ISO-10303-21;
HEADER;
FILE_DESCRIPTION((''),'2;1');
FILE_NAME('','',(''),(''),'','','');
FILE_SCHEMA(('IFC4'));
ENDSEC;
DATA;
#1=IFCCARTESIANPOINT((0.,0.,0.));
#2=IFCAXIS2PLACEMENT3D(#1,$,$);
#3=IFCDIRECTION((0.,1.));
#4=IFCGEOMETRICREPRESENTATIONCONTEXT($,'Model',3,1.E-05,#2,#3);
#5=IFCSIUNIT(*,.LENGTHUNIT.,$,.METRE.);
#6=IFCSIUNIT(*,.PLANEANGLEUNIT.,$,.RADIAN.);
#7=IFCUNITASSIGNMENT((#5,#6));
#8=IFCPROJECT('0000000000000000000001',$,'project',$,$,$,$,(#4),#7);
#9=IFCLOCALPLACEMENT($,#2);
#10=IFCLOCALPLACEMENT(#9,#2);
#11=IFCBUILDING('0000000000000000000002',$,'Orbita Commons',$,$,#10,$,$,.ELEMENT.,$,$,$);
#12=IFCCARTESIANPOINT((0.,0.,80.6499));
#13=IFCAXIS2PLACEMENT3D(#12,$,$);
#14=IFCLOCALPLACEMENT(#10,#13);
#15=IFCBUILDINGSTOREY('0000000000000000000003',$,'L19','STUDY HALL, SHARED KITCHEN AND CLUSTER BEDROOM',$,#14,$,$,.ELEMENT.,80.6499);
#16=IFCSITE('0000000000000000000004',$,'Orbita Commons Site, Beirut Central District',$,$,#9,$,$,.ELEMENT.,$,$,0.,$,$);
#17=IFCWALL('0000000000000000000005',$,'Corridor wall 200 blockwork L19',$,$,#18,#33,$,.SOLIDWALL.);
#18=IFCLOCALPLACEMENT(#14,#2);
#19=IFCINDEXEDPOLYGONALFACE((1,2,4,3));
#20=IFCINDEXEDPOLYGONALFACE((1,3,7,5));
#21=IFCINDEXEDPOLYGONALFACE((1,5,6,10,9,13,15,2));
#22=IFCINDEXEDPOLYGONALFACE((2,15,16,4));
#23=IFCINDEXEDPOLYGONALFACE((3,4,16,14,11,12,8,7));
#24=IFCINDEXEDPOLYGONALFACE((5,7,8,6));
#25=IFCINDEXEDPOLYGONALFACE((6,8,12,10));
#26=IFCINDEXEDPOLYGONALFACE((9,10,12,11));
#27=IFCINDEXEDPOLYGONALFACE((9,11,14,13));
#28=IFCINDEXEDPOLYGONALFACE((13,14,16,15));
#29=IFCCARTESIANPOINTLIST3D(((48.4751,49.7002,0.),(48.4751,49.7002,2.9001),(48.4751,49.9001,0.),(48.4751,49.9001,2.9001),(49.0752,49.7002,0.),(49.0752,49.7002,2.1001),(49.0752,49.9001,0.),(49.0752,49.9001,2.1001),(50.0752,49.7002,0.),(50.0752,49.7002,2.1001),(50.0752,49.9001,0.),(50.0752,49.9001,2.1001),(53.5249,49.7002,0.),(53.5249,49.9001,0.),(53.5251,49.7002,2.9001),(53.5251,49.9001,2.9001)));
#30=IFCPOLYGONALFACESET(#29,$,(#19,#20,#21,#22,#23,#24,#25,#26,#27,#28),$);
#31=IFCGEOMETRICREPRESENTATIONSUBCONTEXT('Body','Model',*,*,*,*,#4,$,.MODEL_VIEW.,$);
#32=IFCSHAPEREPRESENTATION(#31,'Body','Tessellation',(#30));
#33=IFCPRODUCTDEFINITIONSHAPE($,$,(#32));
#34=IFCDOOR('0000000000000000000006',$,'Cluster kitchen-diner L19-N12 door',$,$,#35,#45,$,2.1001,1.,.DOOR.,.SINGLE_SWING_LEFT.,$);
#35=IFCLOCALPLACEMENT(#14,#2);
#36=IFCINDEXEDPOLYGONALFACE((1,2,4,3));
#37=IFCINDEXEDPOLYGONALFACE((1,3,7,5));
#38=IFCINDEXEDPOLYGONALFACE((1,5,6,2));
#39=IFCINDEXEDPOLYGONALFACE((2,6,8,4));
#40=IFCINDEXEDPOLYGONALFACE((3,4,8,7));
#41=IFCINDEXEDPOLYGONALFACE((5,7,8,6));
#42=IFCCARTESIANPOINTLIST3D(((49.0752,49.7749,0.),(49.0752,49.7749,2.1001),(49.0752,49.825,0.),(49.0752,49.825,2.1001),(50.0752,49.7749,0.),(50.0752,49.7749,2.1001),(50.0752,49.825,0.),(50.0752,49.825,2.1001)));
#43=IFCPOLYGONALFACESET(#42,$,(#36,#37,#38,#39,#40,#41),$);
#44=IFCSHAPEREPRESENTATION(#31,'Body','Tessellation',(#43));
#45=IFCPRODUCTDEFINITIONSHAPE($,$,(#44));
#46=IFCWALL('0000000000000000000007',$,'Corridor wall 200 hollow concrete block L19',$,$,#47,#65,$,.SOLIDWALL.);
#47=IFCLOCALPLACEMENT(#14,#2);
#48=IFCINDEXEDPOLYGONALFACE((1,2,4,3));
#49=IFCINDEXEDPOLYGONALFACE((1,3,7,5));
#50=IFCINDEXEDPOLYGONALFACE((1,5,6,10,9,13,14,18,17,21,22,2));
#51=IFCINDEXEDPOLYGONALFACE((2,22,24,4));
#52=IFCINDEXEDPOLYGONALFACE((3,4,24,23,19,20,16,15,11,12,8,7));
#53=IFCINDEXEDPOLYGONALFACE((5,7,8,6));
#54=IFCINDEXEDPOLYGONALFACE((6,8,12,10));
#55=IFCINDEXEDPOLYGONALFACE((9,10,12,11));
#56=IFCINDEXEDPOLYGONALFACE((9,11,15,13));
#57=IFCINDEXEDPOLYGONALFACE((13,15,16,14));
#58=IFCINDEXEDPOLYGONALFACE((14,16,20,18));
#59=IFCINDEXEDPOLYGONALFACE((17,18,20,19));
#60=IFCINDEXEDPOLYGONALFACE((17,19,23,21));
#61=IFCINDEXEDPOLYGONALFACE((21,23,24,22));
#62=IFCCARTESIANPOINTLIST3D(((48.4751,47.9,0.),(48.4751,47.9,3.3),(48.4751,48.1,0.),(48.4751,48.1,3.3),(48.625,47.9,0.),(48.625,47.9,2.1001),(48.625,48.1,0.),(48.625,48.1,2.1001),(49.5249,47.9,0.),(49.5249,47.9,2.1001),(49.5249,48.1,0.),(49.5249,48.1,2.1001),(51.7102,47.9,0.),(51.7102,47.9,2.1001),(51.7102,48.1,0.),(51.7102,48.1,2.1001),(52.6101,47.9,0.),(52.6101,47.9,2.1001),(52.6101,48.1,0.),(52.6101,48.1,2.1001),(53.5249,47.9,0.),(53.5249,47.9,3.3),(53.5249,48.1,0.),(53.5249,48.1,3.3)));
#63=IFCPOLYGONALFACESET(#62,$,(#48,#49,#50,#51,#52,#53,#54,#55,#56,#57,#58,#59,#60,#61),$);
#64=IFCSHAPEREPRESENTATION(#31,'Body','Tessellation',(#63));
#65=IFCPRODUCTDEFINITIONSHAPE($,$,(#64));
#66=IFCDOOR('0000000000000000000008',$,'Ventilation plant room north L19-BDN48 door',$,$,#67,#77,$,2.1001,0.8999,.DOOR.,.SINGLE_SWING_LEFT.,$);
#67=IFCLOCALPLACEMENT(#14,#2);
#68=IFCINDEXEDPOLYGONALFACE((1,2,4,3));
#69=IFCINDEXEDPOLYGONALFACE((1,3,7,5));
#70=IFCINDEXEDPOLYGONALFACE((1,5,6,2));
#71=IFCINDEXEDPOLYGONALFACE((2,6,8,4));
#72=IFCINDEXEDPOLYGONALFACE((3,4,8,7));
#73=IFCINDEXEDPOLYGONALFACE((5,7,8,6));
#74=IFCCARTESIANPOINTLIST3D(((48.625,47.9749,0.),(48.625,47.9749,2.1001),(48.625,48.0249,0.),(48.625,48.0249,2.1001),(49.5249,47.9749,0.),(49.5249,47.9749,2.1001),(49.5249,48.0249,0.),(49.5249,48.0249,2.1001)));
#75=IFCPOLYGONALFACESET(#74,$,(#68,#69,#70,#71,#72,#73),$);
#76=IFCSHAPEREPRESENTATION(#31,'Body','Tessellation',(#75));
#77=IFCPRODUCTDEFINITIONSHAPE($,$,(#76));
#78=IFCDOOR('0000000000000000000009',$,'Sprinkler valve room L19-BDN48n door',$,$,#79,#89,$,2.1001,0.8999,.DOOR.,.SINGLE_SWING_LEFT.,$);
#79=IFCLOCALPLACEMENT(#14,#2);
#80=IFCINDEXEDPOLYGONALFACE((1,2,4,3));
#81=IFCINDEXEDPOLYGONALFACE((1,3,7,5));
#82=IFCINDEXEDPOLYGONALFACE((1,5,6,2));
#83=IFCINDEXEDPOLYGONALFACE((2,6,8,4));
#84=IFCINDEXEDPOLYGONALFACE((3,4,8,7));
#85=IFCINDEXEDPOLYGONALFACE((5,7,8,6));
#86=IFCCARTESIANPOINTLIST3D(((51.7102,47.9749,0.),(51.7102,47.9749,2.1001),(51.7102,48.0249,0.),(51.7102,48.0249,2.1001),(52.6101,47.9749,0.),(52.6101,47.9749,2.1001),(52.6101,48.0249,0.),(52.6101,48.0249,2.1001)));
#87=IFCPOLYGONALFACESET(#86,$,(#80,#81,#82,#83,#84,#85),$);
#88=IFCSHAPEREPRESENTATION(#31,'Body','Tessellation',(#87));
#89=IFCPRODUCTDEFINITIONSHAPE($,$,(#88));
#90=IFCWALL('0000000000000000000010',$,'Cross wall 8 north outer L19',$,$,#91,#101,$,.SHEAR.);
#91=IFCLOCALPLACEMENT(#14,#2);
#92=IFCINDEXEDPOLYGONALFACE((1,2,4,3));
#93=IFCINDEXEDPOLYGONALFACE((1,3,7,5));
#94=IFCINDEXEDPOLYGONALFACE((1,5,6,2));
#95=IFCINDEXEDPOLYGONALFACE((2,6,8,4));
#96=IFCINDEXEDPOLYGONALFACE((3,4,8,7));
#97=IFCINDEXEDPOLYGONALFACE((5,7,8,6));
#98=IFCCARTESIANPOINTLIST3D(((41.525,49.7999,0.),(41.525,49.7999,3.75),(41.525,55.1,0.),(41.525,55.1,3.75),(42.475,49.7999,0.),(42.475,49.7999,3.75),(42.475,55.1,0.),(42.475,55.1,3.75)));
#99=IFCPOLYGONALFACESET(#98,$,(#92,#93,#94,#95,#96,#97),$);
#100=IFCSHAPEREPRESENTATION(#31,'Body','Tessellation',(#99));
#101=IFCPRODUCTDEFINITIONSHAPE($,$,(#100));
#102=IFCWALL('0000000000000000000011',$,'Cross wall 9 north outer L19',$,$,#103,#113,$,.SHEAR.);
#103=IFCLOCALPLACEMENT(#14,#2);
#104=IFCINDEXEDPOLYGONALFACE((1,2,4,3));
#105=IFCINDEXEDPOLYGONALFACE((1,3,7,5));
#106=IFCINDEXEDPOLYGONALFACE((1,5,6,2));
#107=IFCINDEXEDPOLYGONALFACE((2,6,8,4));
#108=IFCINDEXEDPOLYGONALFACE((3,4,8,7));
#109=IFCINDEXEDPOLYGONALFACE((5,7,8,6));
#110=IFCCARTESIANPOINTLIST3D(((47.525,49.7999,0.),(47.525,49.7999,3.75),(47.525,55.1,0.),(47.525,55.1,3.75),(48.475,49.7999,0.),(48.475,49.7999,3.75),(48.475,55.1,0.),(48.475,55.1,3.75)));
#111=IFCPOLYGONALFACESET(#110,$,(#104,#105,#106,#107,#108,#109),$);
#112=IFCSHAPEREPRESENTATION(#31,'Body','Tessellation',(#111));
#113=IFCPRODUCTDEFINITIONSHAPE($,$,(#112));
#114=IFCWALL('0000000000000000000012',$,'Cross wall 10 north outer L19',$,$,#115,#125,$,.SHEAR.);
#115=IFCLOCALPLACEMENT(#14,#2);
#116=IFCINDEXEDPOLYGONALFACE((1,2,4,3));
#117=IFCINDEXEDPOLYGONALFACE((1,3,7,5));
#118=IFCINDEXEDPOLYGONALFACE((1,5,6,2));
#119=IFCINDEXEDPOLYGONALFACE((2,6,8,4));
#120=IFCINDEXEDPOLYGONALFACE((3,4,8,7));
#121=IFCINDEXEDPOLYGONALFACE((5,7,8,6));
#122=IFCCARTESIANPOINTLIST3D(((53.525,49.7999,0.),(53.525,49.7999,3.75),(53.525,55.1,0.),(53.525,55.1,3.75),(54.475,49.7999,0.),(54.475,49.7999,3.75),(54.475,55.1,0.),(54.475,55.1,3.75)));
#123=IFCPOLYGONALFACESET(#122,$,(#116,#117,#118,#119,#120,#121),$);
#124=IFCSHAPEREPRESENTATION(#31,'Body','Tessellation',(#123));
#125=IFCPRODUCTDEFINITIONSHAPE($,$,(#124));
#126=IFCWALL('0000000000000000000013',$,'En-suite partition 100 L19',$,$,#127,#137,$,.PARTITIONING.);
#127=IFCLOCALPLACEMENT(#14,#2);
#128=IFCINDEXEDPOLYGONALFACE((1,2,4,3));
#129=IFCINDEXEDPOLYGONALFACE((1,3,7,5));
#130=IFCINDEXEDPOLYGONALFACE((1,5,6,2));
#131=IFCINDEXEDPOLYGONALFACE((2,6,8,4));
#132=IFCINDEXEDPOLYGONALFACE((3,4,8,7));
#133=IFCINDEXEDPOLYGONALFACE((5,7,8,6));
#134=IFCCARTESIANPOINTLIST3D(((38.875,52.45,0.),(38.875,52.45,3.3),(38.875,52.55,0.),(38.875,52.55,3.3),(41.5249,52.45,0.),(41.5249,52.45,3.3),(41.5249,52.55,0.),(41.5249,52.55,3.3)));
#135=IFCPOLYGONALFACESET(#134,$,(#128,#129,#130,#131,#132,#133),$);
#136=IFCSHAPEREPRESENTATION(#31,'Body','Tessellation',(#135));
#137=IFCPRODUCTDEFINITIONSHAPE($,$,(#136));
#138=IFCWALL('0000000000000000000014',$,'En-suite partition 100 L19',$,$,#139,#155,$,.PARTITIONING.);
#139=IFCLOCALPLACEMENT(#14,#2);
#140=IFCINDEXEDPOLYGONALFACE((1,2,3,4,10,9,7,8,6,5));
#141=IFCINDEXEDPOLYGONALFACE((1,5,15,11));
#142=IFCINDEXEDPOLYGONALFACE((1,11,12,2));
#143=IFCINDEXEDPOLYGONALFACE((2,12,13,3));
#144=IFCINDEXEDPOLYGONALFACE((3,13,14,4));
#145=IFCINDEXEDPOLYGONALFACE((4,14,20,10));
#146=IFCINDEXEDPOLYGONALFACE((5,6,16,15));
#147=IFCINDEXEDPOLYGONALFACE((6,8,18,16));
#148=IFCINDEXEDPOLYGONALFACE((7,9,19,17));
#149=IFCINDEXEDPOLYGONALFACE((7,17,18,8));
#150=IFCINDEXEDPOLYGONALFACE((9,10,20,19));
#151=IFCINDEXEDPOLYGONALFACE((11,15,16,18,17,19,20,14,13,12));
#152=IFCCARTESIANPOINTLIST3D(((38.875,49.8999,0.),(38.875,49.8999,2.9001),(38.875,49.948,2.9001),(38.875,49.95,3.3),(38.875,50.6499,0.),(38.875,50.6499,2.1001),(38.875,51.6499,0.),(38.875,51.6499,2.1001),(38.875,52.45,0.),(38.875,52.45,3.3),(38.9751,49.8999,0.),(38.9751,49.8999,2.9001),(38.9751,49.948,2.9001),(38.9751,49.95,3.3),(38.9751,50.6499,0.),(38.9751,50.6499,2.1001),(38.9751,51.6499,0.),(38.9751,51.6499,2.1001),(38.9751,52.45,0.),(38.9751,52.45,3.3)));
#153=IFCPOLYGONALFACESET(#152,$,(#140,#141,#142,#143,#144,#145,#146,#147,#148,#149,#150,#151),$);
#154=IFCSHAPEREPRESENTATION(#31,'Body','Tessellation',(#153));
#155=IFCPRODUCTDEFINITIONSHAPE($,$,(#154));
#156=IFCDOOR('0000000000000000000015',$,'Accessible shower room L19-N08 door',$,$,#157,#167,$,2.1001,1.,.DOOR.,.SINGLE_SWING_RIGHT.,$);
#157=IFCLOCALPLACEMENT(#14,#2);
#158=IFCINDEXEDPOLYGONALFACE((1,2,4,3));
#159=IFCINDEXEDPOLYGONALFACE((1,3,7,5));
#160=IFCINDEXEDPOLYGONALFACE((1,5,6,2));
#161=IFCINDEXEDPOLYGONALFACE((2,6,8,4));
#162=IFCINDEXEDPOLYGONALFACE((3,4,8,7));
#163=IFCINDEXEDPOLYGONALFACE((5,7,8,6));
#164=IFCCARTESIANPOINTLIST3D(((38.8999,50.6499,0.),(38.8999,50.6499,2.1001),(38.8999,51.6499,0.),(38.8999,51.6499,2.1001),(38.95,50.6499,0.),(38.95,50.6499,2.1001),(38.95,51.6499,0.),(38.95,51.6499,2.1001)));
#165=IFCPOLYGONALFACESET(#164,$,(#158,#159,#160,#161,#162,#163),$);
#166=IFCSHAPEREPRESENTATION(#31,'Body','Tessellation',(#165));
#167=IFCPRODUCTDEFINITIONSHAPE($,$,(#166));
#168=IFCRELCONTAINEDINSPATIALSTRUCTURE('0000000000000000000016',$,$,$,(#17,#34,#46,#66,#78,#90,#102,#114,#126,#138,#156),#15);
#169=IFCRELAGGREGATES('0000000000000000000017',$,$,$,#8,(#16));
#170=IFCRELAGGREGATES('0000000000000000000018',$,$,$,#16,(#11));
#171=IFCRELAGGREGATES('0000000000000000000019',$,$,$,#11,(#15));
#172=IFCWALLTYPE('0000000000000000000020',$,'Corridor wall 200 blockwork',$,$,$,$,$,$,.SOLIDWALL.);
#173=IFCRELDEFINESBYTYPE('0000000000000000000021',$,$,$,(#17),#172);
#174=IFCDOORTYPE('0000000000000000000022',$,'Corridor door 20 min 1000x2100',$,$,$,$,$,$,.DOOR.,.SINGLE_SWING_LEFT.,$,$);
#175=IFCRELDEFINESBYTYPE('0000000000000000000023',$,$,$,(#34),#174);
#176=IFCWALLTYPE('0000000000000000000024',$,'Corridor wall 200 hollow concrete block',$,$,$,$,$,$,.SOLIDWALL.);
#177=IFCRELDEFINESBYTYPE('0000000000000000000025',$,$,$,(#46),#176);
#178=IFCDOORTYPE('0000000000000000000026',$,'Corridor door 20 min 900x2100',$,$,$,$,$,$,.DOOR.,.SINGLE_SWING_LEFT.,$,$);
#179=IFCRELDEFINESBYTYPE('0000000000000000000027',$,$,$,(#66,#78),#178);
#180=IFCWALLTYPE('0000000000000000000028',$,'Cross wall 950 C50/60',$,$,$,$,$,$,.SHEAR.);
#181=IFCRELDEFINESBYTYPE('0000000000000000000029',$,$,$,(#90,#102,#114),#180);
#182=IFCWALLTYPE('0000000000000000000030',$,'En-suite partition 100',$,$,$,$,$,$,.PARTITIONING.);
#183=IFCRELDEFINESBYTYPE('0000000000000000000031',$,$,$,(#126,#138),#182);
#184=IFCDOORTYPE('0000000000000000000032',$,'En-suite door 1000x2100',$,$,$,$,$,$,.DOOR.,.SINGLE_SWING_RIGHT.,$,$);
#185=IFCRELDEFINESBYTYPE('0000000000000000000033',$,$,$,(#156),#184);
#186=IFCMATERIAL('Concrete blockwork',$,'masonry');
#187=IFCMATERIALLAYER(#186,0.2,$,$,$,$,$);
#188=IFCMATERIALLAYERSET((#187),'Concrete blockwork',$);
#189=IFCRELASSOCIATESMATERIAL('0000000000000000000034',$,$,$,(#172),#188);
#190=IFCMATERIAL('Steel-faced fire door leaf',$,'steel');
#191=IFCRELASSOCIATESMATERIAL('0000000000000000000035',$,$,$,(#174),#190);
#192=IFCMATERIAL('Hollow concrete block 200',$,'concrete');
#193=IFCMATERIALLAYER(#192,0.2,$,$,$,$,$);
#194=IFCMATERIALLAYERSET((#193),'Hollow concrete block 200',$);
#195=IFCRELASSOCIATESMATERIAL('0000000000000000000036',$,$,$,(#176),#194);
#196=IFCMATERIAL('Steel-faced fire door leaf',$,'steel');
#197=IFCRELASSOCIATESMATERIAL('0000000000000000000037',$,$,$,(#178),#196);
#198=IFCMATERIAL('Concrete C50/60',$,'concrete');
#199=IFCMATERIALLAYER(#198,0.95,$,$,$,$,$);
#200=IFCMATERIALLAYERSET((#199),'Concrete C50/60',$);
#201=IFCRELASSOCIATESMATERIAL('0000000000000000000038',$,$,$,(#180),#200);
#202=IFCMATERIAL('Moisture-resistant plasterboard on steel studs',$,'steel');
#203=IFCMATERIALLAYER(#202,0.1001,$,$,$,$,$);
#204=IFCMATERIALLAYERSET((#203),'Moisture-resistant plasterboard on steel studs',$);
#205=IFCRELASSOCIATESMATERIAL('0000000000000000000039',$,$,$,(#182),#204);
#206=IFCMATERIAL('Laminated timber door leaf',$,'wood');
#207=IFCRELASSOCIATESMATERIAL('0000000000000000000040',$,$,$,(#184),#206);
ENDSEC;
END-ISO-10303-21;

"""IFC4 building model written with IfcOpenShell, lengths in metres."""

from ifc_helpers import new_model, si_unit, direction, frame, frame_2d, origin, place, context, subcontext, project, spatial, polyline, rectangle, outline, extrude, material, layer, layer_set, type_object, element, fill, save


model = new_model("IFC4")

# Units and contexts
model_context = context("Model", 3, precision=1e-05, world=origin(), true_north=direction((0.0, 1.0)))
body_context = subcontext(model_context, "Body", "Model", "MODEL_VIEW")
ifc_project = project(units=[si_unit("LENGTHUNIT", "METRE"), si_unit("PLANEANGLEUNIT", "RADIAN")], contexts=[model_context])

# Site, building, storey
site_placement = place(None, origin())
site = spatial("IfcSite", under=ifc_project, at=site_placement, Name="Orbita Commons Site, Beirut Central District", CompositionType="ELEMENT", RefElevation=0.0)
building_placement = place(site_placement, origin())
building = spatial("IfcBuilding", under=site, at=building_placement, Name="Orbita Commons", CompositionType="ELEMENT")
storey_placement = place(building_placement, frame((0.0, 0.0, 80.6499)))
storey = spatial("IfcBuildingStorey", under=building, at=storey_placement, Name="L19", Description="STUDY HALL, SHARED KITCHEN AND CLUSTER BEDROOM", CompositionType="ELEMENT", Elevation=80.6499)

# Wall, opening, door
ifc_material_1 = material(Name="Concrete blockwork", Category="masonry")
ifc_layer_1 = layer(ifc_material_1, 0.2)
ifc_layer_set_1 = layer_set([ifc_layer_1], Name="Concrete blockwork")
wall_type_1 = type_object("IfcWallType", Name="Corridor wall 200 blockwork", PredefinedType="SOLIDWALL", material=ifc_layer_set_1)
ifc_material_2 = material(Name="Steel-faced fire door leaf", Category="steel")
door_type_1 = type_object("IfcDoorType", Name="Corridor door 20 min 1000x2100", OperationType="SINGLE_SWING_LEFT", PredefinedType="DOOR", material=ifc_material_2)
wall_1_placement = place(storey_placement, frame((48.4751, 49.8, 0.0), z_axis=(0.0, 0.0, 1.0), x_axis=(1.0, 0.0, 0.0)))
wall_1 = element("IfcWall", 1, at=wall_1_placement, inside=storey, type_object=wall_type_1, Name="Corridor wall 200 blockwork L19", PredefinedType="SOLIDWALL", context=body_context, shape_type="SweptSolid", body=[
    extrude(outline(polyline([(0.0, 0.0), (5.0498, 0.0), (5.05, 2.9001), (0.0, 2.9001), (0.0, 0.0)])), frame((0.0, 0.1001, 0.0), z_axis=(0.0, -1.0, 0.0), x_axis=(1.0, 0.0, 0.0)), (0.0, 0.0, 1.0), 0.2),
])
opening_1_placement = place(wall_1_placement, frame((0.6001, 0.0, 0.0)))
opening_1 = element("IfcOpeningElement", 2, at=opening_1_placement, cuts=wall_1, PredefinedType="OPENING", context=body_context, shape_type="SweptSolid", body=[
    extrude(rectangle(XDim=1.0, YDim=2.1001, at=frame_2d((0.5, 1.05))), frame((0.0, 0.1099, 0.0), z_axis=(0.0, -1.0, 0.0), x_axis=(1.0, 0.0, 0.0)), (0.0, 0.0, 1.0), 0.22),
])
door_1_placement = place(opening_1_placement, origin())
door_1 = element("IfcDoor", 3, at=door_1_placement, inside=storey, type_object=door_type_1, Name="Cluster kitchen-diner L19-N12 door", OperationType="SINGLE_SWING_LEFT", OverallHeight=2.1001, OverallWidth=1.0, PredefinedType="DOOR", context=body_context, shape_type="SweptSolid", body=[
    extrude(rectangle(XDim=1.0, YDim=2.1001, at=frame_2d((0.5, 1.05))), frame((0.0, 0.0249, 0.0), z_axis=(0.0, -1.0, 0.0), x_axis=(1.0, 0.0, 0.0)), (0.0, 0.0, 1.0), 0.05),
])
fill(opening_1, door_1)

# Wall, openings, doors
ifc_material_3 = material(Name="Hollow concrete block 200", Category="concrete")
ifc_layer_2 = layer(ifc_material_3, 0.2)
ifc_layer_set_2 = layer_set([ifc_layer_2], Name="Hollow concrete block 200")
wall_type_2 = type_object("IfcWallType", Name="Corridor wall 200 hollow concrete block", PredefinedType="SOLIDWALL", material=ifc_layer_set_2)
wall_2_placement = place(storey_placement, frame((48.4751, 48.0, 0.0), z_axis=(0.0, 0.0, 1.0), x_axis=(1.0, 0.0, 0.0)))
wall_2 = element("IfcWall", 4, at=wall_2_placement, inside=storey, type_object=wall_type_2, Name="Corridor wall 200 hollow concrete block L19", PredefinedType="SOLIDWALL", context=body_context, shape_type="SweptSolid", body=[
    extrude(rectangle(XDim=5.0498, YDim=0.2, at=frame_2d((2.5249, 0.0))), origin(), (0.0, 0.0, 1.0), 3.3),
])
opening_2_placement = place(wall_2_placement, frame((0.1499, 0.0, 0.0)))
opening_2 = element("IfcOpeningElement", 5, at=opening_2_placement, cuts=wall_2, PredefinedType="OPENING", context=body_context, shape_type="SweptSolid", body=[
    extrude(rectangle(XDim=0.8999, YDim=2.1001, at=frame_2d((0.45, 1.05))), frame((0.0, 0.1099, 0.0), z_axis=(0.0, -1.0, 0.0), x_axis=(1.0, 0.0, 0.0)), (0.0, 0.0, 1.0), 0.22),
])
opening_3_placement = place(wall_2_placement, frame((3.2351, 0.0, 0.0)))
opening_3 = element("IfcOpeningElement", 6, at=opening_3_placement, cuts=wall_2, PredefinedType="OPENING", context=body_context, shape_type="SweptSolid", body=[
    extrude(rectangle(XDim=0.8999, YDim=2.1001, at=frame_2d((0.45, 1.05))), frame((0.0, 0.1099, 0.0), z_axis=(0.0, -1.0, 0.0), x_axis=(1.0, 0.0, 0.0)), (0.0, 0.0, 1.0), 0.22),
])
ifc_material_4 = material(Name="Steel-faced fire door leaf", Category="steel")
door_type_2 = type_object("IfcDoorType", Name="Corridor door 20 min 900x2100", OperationType="SINGLE_SWING_LEFT", PredefinedType="DOOR", material=ifc_material_4)
door_2_placement = place(opening_2_placement, origin())
door_2 = element("IfcDoor", 7, at=door_2_placement, inside=storey, type_object=door_type_2, Name="Ventilation plant room north L19-BDN48 door", OperationType="SINGLE_SWING_LEFT", OverallHeight=2.1001, OverallWidth=0.8999, PredefinedType="DOOR", context=body_context, shape_type="SweptSolid", body=[
    extrude(rectangle(XDim=0.8999, YDim=2.1001, at=frame_2d((0.45, 1.05))), frame((0.0, 0.0249, 0.0), z_axis=(0.0, -1.0, 0.0), x_axis=(1.0, 0.0, 0.0)), (0.0, 0.0, 1.0), 0.05),
])
fill(opening_2, door_2)
door_3_placement = place(opening_3_placement, origin())
door_3 = element("IfcDoor", 8, at=door_3_placement, inside=storey, type_object=door_type_2, Name="Sprinkler valve room L19-BDN48n door", OperationType="SINGLE_SWING_LEFT", OverallHeight=2.1001, OverallWidth=0.8999, PredefinedType="DOOR", context=body_context, shape_type="SweptSolid", body=[
    extrude(rectangle(XDim=0.8999, YDim=2.1001, at=frame_2d((0.45, 1.05))), frame((0.0, 0.0249, 0.0), z_axis=(0.0, -1.0, 0.0), x_axis=(1.0, 0.0, 0.0)), (0.0, 0.0, 1.0), 0.05),
])
fill(opening_3, door_3)

# Walls
ifc_material_5 = material(Name="Concrete C50/60", Category="concrete")
ifc_layer_3 = layer(ifc_material_5, 0.95)
ifc_layer_set_3 = layer_set([ifc_layer_3], Name="Concrete C50/60")
wall_type_3 = type_object("IfcWallType", Name="Cross wall 950 C50/60", PredefinedType="SHEAR", material=ifc_layer_set_3)
for number, where, z_axis, x_axis, name in (
    (9, (42.0, 49.8, 0.0), (0.0, 0.0, 1.0), (0.0, 1.0, 0.0), "Cross wall 8 north outer L19"),
    (10, (48.0, 49.8, 0.0), (0.0, 0.0, 1.0), (0.0, 1.0, 0.0), "Cross wall 9 north outer L19"),
    (11, (54.0, 49.8, 0.0), (0.0, 0.0, 1.0), (0.0, 1.0, 0.0), "Cross wall 10 north outer L19"),
):
    element("IfcWall", number, at=place(storey_placement, frame(where, z_axis=z_axis, x_axis=x_axis)), inside=storey, type_object=wall_type_3, Name=name, PredefinedType="SHEAR", context=body_context, shape_type="SweptSolid", body=[
        extrude(rectangle(XDim=5.3, YDim=0.95, at=frame_2d((2.6499, 0.0))), origin(), (0.0, 0.0, 1.0), 3.75),
    ])
ifc_material_6 = material(Name="Moisture-resistant plasterboard on steel studs", Category="steel")
ifc_layer_4 = layer(ifc_material_6, 0.1001)
ifc_layer_set_4 = layer_set([ifc_layer_4], Name="Moisture-resistant plasterboard on steel studs")
wall_type_4 = type_object("IfcWallType", Name="En-suite partition 100", PredefinedType="PARTITIONING", material=ifc_layer_set_4)
wall_3_placement = place(storey_placement, frame((38.875, 52.5, 0.0), z_axis=(0.0, 0.0, 1.0), x_axis=(1.0, 0.0, 0.0)))
element("IfcWall", 12, at=wall_3_placement, inside=storey, type_object=wall_type_4, Name="En-suite partition 100 L19", PredefinedType="PARTITIONING", context=body_context, shape_type="SweptSolid", body=[
    extrude(rectangle(XDim=2.6499, YDim=0.1001, at=frame_2d((1.325, 0.0))), origin(), (0.0, 0.0, 1.0), 3.3),
])

# Wall, opening, door
wall_4_placement = place(storey_placement, frame((38.925, 52.45, 0.0), z_axis=(0.0, 0.0, 1.0), x_axis=(0.0, -1.0, 0.0)))
wall_4 = element("IfcWall", 13, at=wall_4_placement, inside=storey, type_object=wall_type_4, Name="En-suite partition 100 L19", PredefinedType="PARTITIONING", context=body_context, shape_type="SweptSolid", body=[
    extrude(outline(polyline([(0.0, 0.0), (2.55, 0.0), (2.55, 2.9001), (2.502, 2.9001), (2.5, 3.3), (0.0, 3.3), (0.0, 0.0)])), frame((0.0, 0.05, 0.0), z_axis=(0.0, -1.0, 0.0), x_axis=(1.0, 0.0, 0.0)), (0.0, 0.0, 1.0), 0.1001),
])
opening_4_placement = place(wall_4_placement, frame((0.8, 0.0, 0.0)))
opening_4 = element("IfcOpeningElement", 14, at=opening_4_placement, cuts=wall_4, PredefinedType="OPENING", context=body_context, shape_type="SweptSolid", body=[
    extrude(rectangle(XDim=1.0, YDim=2.1001, at=frame_2d((0.5, 1.05))), frame((0.0, 0.0601, 0.0), z_axis=(0.0, -1.0, 0.0), x_axis=(1.0, 0.0, 0.0)), (0.0, 0.0, 1.0), 0.1201),
])
ifc_material_7 = material(Name="Laminated timber door leaf", Category="wood")
door_type_3 = type_object("IfcDoorType", Name="En-suite door 1000x2100", OperationType="SINGLE_SWING_RIGHT", PredefinedType="DOOR", material=ifc_material_7)
door_4_placement = place(opening_4_placement, origin())
door_4 = element("IfcDoor", 15, at=door_4_placement, inside=storey, type_object=door_type_3, Name="Accessible shower room L19-N08 door", OperationType="SINGLE_SWING_RIGHT", OverallHeight=2.1001, OverallWidth=1.0, PredefinedType="DOOR", context=body_context, shape_type="SweptSolid", body=[
    extrude(rectangle(XDim=1.0, YDim=2.1001, at=frame_2d((0.5, 1.05))), frame((0.0, 0.0249, 0.0), z_axis=(0.0, -1.0, 0.0), x_axis=(1.0, 0.0, 0.0)), (0.0, 0.0, 1.0), 0.05),
])
fill(opening_4, door_4)

save(model, "model.ifc")
